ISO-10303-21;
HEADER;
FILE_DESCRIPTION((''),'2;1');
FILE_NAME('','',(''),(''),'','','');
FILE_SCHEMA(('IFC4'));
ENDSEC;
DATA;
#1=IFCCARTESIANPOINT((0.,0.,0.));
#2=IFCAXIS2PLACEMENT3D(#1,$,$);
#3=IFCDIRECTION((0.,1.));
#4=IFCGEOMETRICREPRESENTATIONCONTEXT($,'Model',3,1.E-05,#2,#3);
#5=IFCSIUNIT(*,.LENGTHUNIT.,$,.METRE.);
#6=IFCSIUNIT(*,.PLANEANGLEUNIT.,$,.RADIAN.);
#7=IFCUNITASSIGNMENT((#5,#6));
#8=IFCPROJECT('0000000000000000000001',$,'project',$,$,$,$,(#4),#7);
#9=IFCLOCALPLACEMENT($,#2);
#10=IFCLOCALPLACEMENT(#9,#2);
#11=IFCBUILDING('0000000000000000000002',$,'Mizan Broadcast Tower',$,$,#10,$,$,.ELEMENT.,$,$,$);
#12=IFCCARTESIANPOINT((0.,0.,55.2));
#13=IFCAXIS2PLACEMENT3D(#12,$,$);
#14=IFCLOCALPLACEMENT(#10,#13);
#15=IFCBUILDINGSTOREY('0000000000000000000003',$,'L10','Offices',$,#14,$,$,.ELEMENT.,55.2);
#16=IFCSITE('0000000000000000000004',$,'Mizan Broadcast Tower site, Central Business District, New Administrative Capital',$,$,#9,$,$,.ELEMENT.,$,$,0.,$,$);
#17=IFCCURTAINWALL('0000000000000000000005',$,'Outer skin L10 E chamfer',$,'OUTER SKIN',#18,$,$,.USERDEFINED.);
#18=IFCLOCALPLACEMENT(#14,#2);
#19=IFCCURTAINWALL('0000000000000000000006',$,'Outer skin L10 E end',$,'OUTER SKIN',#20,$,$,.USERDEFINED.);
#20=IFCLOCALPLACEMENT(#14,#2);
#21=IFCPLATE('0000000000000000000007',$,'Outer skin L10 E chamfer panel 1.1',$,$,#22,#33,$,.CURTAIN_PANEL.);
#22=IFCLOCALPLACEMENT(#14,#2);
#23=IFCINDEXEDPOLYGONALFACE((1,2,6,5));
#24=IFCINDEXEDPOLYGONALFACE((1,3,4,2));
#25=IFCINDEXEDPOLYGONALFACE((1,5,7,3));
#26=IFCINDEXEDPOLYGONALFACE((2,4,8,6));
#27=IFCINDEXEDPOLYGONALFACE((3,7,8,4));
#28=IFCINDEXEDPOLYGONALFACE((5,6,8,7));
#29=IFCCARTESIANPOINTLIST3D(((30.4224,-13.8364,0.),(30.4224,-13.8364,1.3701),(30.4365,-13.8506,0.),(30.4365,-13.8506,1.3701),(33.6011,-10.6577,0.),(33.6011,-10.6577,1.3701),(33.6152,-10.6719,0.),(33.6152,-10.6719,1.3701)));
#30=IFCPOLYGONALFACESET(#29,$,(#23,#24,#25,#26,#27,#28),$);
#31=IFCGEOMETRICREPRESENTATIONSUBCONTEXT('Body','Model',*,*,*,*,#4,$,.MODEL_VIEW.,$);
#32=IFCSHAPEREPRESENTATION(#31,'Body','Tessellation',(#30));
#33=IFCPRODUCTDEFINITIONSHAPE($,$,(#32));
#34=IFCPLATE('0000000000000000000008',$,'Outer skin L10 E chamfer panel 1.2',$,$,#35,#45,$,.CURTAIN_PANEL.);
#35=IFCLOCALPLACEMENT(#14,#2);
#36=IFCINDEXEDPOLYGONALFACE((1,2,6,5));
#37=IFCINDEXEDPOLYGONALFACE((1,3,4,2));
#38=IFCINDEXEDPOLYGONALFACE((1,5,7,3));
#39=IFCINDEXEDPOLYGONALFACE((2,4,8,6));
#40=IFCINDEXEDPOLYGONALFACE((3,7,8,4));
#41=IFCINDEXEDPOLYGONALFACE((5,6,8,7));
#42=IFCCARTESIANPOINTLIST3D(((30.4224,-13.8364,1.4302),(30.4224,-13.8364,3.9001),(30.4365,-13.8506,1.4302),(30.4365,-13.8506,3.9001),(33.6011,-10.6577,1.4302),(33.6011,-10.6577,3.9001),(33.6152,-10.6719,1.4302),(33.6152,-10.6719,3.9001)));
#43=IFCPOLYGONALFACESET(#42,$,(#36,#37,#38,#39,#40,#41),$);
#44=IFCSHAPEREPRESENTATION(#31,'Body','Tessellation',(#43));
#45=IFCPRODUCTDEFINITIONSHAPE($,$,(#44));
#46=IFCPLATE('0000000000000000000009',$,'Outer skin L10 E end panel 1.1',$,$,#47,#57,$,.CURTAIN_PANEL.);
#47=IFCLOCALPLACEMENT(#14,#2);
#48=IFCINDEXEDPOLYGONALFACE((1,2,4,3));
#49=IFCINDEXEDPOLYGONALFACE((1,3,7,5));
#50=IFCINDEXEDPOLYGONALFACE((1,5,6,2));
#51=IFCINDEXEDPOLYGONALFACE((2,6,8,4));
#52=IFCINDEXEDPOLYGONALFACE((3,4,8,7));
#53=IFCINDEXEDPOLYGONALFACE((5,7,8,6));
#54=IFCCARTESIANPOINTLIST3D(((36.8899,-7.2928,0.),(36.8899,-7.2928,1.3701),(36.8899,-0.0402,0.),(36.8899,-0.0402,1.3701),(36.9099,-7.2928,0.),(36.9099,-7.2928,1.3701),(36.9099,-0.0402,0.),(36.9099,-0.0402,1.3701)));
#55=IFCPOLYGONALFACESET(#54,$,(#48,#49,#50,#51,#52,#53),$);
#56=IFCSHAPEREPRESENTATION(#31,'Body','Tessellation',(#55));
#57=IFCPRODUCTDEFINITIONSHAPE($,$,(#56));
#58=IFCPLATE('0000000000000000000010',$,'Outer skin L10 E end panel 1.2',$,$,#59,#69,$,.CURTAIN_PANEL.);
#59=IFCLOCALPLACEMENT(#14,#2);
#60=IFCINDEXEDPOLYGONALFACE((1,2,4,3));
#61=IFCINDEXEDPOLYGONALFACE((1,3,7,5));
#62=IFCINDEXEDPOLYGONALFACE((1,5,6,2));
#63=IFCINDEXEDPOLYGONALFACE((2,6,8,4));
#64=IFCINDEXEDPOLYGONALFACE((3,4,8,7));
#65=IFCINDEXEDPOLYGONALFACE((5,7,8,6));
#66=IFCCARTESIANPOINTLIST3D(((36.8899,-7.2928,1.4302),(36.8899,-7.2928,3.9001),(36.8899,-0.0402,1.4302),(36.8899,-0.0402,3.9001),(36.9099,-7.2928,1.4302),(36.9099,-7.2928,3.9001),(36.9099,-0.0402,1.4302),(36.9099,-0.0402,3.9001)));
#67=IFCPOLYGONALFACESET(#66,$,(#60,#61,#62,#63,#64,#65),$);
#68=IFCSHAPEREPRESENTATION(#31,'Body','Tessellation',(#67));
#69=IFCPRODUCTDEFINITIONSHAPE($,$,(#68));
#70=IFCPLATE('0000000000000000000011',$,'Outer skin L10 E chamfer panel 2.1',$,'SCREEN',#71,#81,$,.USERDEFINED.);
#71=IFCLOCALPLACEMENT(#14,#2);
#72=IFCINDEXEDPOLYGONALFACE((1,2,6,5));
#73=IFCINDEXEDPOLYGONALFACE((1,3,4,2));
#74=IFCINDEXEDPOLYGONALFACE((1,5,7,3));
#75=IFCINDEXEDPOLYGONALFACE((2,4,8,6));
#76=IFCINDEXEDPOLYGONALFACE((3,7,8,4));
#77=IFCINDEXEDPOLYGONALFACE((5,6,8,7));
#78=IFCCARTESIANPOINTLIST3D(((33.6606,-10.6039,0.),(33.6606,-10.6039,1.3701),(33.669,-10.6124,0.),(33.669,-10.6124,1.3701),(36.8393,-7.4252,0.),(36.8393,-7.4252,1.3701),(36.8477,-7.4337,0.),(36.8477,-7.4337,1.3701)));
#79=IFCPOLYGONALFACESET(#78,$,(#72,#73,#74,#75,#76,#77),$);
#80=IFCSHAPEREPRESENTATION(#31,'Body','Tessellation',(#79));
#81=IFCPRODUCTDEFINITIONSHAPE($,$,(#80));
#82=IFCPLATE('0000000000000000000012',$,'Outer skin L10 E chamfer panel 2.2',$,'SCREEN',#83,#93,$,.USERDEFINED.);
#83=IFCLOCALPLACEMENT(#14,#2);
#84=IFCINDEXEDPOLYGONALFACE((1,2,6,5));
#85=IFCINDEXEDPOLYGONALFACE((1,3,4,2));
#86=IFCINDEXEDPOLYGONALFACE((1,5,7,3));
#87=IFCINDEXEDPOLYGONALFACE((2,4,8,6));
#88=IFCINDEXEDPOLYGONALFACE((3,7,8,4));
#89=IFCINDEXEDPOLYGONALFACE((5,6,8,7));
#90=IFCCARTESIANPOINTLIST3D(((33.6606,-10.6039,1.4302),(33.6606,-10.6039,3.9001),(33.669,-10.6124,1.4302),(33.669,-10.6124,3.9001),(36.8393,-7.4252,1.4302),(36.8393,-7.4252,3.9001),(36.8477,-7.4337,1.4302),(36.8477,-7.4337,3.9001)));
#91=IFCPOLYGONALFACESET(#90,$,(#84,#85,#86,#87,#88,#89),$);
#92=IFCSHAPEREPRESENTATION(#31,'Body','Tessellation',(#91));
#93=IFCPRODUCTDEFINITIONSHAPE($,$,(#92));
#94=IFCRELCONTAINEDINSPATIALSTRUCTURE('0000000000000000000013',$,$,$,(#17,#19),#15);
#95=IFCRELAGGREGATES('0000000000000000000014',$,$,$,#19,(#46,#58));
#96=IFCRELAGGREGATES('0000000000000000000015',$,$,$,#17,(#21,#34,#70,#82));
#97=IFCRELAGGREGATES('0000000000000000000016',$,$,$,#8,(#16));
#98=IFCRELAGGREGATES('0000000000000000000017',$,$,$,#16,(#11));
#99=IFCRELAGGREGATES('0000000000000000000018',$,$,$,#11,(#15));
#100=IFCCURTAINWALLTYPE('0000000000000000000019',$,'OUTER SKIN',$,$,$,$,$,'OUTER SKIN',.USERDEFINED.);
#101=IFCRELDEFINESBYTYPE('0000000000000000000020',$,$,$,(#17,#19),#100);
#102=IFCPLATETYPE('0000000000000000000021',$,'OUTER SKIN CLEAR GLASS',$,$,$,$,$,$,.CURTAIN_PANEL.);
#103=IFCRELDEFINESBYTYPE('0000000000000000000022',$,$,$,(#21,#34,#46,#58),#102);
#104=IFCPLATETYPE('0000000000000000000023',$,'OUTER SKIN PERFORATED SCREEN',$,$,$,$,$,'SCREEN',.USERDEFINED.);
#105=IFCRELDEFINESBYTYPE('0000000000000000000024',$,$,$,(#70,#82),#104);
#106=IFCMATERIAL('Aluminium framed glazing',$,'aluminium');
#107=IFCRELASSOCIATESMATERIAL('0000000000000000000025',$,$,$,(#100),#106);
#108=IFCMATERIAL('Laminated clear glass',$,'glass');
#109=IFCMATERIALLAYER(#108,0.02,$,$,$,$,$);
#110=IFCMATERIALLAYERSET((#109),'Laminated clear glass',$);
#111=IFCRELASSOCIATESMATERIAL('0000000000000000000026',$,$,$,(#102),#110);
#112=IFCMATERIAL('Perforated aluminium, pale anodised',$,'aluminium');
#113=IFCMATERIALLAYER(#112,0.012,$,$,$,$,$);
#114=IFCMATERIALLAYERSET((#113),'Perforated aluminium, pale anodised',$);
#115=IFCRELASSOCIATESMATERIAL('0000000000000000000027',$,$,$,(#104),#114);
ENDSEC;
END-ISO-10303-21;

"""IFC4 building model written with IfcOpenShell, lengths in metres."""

from ifc_helpers import new_model, si_unit, direction, frame, origin, origin_2d, place, context, subcontext, project, spatial, rectangle, extrude, material, layer, layer_set, type_object, element, aggregate, save


model = new_model("IFC4")

# Units and contexts
model_context = context("Model", 3, precision=1e-05, world=origin(), true_north=direction((0.0, 1.0)))
body_context = subcontext(model_context, "Body", "Model", "MODEL_VIEW")
ifc_project = project(units=[si_unit("LENGTHUNIT", "METRE"), si_unit("PLANEANGLEUNIT", "RADIAN")], contexts=[model_context])

# Site, building, storey
site_placement = place(None, origin())
site = spatial("IfcSite", under=ifc_project, at=site_placement, Name="Mizan Broadcast Tower site, Central Business District, New Administrative Capital", CompositionType="ELEMENT", RefElevation=0.0)
building_placement = place(site_placement, origin())
building = spatial("IfcBuilding", under=site, at=building_placement, Name="Mizan Broadcast Tower", CompositionType="ELEMENT")
storey_placement = place(building_placement, frame((0.0, 0.0, 55.2)))
storey = spatial("IfcBuildingStorey", under=building, at=storey_placement, Name="L10", Description="Offices", CompositionType="ELEMENT", Elevation=55.2)

# Curtain wall
ifc_material_1 = material(Name="Aluminium framed glazing", Category="aluminium")
curtain_wall_type_1 = type_object("IfcCurtainWallType", Name="OUTER SKIN", ElementType="OUTER SKIN", PredefinedType="USERDEFINED", material=ifc_material_1)
curtain_wall_1_placement = place(storey_placement, origin())
curtain_wall_1 = element("IfcCurtainWall", 1, at=curtain_wall_1_placement, inside=storey, type_object=curtain_wall_type_1, Name="Outer skin L10 E chamfer", ObjectType="OUTER SKIN", PredefinedType="USERDEFINED")

# Curtain wall
curtain_wall_2_placement = place(storey_placement, origin())
curtain_wall_2 = element("IfcCurtainWall", 2, at=curtain_wall_2_placement, inside=storey, type_object=curtain_wall_type_1, Name="Outer skin L10 E end", ObjectType="OUTER SKIN", PredefinedType="USERDEFINED")

# Plates
ifc_material_2 = material(Name="Laminated clear glass", Category="glass")
ifc_layer_1 = layer(ifc_material_2, 0.02)
ifc_layer_set_1 = layer_set([ifc_layer_1], Name="Laminated clear glass")
plate_type_1 = type_object("IfcPlateType", Name="OUTER SKIN CLEAR GLASS", PredefinedType="CURTAIN_PANEL", material=ifc_layer_set_1)
plate_1_placement = place(storey_placement, frame((32.0188, -12.2542, 0.0), z_axis=(0.0, 0.0, 1.0), x_axis=(0.707107, 0.707107, 0.0)))
plate_1 = element("IfcPlate", 3, at=plate_1_placement, type_object=plate_type_1, Name="Outer skin L10 E chamfer panel 1.1", PredefinedType="CURTAIN_PANEL", context=body_context, shape_type="SweptSolid", body=[
    extrude(rectangle(XDim=4.4954, YDim=0.02, at=origin_2d()), origin(), (0.0, 0.0, 1.0), 1.3701),
])
plate_2_placement = place(storey_placement, frame((32.0188, -12.2542, 1.4302), z_axis=(0.0, 0.0, 1.0), x_axis=(0.707107, 0.707107, 0.0)))
plate_2 = element("IfcPlate", 4, at=plate_2_placement, type_object=plate_type_1, Name="Outer skin L10 E chamfer panel 1.2", PredefinedType="CURTAIN_PANEL", context=body_context, shape_type="SweptSolid", body=[
    extrude(rectangle(XDim=4.4954, YDim=0.02, at=origin_2d()), origin(), (0.0, 0.0, 1.0), 2.47),
])
plate_3_placement = place(storey_placement, frame((36.8999, -3.6665, 0.0), z_axis=(0.0, 0.0, 1.0), x_axis=(0.0, 1.0, 0.0)))
plate_3 = element("IfcPlate", 5, at=plate_3_placement, type_object=plate_type_1, Name="Outer skin L10 E end panel 1.1", PredefinedType="CURTAIN_PANEL", context=body_context, shape_type="SweptSolid", body=[
    extrude(rectangle(XDim=7.2527, YDim=0.02, at=origin_2d()), origin(), (0.0, 0.0, 1.0), 1.3701),
])
plate_4_placement = place(storey_placement, frame((36.8999, -3.6665, 1.4302), z_axis=(0.0, 0.0, 1.0), x_axis=(0.0, 1.0, 0.0)))
plate_4 = element("IfcPlate", 6, at=plate_4_placement, type_object=plate_type_1, Name="Outer skin L10 E end panel 1.2", PredefinedType="CURTAIN_PANEL", context=body_context, shape_type="SweptSolid", body=[
    extrude(rectangle(XDim=7.2527, YDim=0.02, at=origin_2d()), origin(), (0.0, 0.0, 1.0), 2.47),
])
aggregate(curtain_wall_2, [plate_3, plate_4])
ifc_material_3 = material(Name="Perforated aluminium, pale anodised", Category="aluminium")
ifc_layer_2 = layer(ifc_material_3, 0.012)
ifc_layer_set_2 = layer_set([ifc_layer_2], Name="Perforated aluminium, pale anodised")
plate_type_2 = type_object("IfcPlateType", Name="OUTER SKIN PERFORATED SCREEN", ElementType="SCREEN", PredefinedType="USERDEFINED", material=ifc_layer_set_2)
plate_5_placement = place(storey_placement, frame((35.2542, -9.0188, 0.0), z_axis=(0.0, 0.0, 1.0), x_axis=(0.707107, 0.707107, 0.0)))
plate_5 = element("IfcPlate", 7, at=plate_5_placement, type_object=plate_type_2, Name="Outer skin L10 E chamfer panel 2.1", ObjectType="SCREEN", PredefinedType="USERDEFINED", context=body_context, shape_type="SweptSolid", body=[
    extrude(rectangle(XDim=4.4954, YDim=0.012, at=origin_2d()), origin(), (0.0, 0.0, 1.0), 1.3701),
])
plate_6_placement = place(storey_placement, frame((35.2542, -9.0188, 1.4302), z_axis=(0.0, 0.0, 1.0), x_axis=(0.707107, 0.707107, 0.0)))
plate_6 = element("IfcPlate", 8, at=plate_6_placement, type_object=plate_type_2, Name="Outer skin L10 E chamfer panel 2.2", ObjectType="SCREEN", PredefinedType="USERDEFINED", context=body_context, shape_type="SweptSolid", body=[
    extrude(rectangle(XDim=4.4954, YDim=0.012, at=origin_2d()), origin(), (0.0, 0.0, 1.0), 2.47),
])
aggregate(curtain_wall_1, [plate_1, plate_2, plate_5, plate_6])

save(model, "model.ifc")
